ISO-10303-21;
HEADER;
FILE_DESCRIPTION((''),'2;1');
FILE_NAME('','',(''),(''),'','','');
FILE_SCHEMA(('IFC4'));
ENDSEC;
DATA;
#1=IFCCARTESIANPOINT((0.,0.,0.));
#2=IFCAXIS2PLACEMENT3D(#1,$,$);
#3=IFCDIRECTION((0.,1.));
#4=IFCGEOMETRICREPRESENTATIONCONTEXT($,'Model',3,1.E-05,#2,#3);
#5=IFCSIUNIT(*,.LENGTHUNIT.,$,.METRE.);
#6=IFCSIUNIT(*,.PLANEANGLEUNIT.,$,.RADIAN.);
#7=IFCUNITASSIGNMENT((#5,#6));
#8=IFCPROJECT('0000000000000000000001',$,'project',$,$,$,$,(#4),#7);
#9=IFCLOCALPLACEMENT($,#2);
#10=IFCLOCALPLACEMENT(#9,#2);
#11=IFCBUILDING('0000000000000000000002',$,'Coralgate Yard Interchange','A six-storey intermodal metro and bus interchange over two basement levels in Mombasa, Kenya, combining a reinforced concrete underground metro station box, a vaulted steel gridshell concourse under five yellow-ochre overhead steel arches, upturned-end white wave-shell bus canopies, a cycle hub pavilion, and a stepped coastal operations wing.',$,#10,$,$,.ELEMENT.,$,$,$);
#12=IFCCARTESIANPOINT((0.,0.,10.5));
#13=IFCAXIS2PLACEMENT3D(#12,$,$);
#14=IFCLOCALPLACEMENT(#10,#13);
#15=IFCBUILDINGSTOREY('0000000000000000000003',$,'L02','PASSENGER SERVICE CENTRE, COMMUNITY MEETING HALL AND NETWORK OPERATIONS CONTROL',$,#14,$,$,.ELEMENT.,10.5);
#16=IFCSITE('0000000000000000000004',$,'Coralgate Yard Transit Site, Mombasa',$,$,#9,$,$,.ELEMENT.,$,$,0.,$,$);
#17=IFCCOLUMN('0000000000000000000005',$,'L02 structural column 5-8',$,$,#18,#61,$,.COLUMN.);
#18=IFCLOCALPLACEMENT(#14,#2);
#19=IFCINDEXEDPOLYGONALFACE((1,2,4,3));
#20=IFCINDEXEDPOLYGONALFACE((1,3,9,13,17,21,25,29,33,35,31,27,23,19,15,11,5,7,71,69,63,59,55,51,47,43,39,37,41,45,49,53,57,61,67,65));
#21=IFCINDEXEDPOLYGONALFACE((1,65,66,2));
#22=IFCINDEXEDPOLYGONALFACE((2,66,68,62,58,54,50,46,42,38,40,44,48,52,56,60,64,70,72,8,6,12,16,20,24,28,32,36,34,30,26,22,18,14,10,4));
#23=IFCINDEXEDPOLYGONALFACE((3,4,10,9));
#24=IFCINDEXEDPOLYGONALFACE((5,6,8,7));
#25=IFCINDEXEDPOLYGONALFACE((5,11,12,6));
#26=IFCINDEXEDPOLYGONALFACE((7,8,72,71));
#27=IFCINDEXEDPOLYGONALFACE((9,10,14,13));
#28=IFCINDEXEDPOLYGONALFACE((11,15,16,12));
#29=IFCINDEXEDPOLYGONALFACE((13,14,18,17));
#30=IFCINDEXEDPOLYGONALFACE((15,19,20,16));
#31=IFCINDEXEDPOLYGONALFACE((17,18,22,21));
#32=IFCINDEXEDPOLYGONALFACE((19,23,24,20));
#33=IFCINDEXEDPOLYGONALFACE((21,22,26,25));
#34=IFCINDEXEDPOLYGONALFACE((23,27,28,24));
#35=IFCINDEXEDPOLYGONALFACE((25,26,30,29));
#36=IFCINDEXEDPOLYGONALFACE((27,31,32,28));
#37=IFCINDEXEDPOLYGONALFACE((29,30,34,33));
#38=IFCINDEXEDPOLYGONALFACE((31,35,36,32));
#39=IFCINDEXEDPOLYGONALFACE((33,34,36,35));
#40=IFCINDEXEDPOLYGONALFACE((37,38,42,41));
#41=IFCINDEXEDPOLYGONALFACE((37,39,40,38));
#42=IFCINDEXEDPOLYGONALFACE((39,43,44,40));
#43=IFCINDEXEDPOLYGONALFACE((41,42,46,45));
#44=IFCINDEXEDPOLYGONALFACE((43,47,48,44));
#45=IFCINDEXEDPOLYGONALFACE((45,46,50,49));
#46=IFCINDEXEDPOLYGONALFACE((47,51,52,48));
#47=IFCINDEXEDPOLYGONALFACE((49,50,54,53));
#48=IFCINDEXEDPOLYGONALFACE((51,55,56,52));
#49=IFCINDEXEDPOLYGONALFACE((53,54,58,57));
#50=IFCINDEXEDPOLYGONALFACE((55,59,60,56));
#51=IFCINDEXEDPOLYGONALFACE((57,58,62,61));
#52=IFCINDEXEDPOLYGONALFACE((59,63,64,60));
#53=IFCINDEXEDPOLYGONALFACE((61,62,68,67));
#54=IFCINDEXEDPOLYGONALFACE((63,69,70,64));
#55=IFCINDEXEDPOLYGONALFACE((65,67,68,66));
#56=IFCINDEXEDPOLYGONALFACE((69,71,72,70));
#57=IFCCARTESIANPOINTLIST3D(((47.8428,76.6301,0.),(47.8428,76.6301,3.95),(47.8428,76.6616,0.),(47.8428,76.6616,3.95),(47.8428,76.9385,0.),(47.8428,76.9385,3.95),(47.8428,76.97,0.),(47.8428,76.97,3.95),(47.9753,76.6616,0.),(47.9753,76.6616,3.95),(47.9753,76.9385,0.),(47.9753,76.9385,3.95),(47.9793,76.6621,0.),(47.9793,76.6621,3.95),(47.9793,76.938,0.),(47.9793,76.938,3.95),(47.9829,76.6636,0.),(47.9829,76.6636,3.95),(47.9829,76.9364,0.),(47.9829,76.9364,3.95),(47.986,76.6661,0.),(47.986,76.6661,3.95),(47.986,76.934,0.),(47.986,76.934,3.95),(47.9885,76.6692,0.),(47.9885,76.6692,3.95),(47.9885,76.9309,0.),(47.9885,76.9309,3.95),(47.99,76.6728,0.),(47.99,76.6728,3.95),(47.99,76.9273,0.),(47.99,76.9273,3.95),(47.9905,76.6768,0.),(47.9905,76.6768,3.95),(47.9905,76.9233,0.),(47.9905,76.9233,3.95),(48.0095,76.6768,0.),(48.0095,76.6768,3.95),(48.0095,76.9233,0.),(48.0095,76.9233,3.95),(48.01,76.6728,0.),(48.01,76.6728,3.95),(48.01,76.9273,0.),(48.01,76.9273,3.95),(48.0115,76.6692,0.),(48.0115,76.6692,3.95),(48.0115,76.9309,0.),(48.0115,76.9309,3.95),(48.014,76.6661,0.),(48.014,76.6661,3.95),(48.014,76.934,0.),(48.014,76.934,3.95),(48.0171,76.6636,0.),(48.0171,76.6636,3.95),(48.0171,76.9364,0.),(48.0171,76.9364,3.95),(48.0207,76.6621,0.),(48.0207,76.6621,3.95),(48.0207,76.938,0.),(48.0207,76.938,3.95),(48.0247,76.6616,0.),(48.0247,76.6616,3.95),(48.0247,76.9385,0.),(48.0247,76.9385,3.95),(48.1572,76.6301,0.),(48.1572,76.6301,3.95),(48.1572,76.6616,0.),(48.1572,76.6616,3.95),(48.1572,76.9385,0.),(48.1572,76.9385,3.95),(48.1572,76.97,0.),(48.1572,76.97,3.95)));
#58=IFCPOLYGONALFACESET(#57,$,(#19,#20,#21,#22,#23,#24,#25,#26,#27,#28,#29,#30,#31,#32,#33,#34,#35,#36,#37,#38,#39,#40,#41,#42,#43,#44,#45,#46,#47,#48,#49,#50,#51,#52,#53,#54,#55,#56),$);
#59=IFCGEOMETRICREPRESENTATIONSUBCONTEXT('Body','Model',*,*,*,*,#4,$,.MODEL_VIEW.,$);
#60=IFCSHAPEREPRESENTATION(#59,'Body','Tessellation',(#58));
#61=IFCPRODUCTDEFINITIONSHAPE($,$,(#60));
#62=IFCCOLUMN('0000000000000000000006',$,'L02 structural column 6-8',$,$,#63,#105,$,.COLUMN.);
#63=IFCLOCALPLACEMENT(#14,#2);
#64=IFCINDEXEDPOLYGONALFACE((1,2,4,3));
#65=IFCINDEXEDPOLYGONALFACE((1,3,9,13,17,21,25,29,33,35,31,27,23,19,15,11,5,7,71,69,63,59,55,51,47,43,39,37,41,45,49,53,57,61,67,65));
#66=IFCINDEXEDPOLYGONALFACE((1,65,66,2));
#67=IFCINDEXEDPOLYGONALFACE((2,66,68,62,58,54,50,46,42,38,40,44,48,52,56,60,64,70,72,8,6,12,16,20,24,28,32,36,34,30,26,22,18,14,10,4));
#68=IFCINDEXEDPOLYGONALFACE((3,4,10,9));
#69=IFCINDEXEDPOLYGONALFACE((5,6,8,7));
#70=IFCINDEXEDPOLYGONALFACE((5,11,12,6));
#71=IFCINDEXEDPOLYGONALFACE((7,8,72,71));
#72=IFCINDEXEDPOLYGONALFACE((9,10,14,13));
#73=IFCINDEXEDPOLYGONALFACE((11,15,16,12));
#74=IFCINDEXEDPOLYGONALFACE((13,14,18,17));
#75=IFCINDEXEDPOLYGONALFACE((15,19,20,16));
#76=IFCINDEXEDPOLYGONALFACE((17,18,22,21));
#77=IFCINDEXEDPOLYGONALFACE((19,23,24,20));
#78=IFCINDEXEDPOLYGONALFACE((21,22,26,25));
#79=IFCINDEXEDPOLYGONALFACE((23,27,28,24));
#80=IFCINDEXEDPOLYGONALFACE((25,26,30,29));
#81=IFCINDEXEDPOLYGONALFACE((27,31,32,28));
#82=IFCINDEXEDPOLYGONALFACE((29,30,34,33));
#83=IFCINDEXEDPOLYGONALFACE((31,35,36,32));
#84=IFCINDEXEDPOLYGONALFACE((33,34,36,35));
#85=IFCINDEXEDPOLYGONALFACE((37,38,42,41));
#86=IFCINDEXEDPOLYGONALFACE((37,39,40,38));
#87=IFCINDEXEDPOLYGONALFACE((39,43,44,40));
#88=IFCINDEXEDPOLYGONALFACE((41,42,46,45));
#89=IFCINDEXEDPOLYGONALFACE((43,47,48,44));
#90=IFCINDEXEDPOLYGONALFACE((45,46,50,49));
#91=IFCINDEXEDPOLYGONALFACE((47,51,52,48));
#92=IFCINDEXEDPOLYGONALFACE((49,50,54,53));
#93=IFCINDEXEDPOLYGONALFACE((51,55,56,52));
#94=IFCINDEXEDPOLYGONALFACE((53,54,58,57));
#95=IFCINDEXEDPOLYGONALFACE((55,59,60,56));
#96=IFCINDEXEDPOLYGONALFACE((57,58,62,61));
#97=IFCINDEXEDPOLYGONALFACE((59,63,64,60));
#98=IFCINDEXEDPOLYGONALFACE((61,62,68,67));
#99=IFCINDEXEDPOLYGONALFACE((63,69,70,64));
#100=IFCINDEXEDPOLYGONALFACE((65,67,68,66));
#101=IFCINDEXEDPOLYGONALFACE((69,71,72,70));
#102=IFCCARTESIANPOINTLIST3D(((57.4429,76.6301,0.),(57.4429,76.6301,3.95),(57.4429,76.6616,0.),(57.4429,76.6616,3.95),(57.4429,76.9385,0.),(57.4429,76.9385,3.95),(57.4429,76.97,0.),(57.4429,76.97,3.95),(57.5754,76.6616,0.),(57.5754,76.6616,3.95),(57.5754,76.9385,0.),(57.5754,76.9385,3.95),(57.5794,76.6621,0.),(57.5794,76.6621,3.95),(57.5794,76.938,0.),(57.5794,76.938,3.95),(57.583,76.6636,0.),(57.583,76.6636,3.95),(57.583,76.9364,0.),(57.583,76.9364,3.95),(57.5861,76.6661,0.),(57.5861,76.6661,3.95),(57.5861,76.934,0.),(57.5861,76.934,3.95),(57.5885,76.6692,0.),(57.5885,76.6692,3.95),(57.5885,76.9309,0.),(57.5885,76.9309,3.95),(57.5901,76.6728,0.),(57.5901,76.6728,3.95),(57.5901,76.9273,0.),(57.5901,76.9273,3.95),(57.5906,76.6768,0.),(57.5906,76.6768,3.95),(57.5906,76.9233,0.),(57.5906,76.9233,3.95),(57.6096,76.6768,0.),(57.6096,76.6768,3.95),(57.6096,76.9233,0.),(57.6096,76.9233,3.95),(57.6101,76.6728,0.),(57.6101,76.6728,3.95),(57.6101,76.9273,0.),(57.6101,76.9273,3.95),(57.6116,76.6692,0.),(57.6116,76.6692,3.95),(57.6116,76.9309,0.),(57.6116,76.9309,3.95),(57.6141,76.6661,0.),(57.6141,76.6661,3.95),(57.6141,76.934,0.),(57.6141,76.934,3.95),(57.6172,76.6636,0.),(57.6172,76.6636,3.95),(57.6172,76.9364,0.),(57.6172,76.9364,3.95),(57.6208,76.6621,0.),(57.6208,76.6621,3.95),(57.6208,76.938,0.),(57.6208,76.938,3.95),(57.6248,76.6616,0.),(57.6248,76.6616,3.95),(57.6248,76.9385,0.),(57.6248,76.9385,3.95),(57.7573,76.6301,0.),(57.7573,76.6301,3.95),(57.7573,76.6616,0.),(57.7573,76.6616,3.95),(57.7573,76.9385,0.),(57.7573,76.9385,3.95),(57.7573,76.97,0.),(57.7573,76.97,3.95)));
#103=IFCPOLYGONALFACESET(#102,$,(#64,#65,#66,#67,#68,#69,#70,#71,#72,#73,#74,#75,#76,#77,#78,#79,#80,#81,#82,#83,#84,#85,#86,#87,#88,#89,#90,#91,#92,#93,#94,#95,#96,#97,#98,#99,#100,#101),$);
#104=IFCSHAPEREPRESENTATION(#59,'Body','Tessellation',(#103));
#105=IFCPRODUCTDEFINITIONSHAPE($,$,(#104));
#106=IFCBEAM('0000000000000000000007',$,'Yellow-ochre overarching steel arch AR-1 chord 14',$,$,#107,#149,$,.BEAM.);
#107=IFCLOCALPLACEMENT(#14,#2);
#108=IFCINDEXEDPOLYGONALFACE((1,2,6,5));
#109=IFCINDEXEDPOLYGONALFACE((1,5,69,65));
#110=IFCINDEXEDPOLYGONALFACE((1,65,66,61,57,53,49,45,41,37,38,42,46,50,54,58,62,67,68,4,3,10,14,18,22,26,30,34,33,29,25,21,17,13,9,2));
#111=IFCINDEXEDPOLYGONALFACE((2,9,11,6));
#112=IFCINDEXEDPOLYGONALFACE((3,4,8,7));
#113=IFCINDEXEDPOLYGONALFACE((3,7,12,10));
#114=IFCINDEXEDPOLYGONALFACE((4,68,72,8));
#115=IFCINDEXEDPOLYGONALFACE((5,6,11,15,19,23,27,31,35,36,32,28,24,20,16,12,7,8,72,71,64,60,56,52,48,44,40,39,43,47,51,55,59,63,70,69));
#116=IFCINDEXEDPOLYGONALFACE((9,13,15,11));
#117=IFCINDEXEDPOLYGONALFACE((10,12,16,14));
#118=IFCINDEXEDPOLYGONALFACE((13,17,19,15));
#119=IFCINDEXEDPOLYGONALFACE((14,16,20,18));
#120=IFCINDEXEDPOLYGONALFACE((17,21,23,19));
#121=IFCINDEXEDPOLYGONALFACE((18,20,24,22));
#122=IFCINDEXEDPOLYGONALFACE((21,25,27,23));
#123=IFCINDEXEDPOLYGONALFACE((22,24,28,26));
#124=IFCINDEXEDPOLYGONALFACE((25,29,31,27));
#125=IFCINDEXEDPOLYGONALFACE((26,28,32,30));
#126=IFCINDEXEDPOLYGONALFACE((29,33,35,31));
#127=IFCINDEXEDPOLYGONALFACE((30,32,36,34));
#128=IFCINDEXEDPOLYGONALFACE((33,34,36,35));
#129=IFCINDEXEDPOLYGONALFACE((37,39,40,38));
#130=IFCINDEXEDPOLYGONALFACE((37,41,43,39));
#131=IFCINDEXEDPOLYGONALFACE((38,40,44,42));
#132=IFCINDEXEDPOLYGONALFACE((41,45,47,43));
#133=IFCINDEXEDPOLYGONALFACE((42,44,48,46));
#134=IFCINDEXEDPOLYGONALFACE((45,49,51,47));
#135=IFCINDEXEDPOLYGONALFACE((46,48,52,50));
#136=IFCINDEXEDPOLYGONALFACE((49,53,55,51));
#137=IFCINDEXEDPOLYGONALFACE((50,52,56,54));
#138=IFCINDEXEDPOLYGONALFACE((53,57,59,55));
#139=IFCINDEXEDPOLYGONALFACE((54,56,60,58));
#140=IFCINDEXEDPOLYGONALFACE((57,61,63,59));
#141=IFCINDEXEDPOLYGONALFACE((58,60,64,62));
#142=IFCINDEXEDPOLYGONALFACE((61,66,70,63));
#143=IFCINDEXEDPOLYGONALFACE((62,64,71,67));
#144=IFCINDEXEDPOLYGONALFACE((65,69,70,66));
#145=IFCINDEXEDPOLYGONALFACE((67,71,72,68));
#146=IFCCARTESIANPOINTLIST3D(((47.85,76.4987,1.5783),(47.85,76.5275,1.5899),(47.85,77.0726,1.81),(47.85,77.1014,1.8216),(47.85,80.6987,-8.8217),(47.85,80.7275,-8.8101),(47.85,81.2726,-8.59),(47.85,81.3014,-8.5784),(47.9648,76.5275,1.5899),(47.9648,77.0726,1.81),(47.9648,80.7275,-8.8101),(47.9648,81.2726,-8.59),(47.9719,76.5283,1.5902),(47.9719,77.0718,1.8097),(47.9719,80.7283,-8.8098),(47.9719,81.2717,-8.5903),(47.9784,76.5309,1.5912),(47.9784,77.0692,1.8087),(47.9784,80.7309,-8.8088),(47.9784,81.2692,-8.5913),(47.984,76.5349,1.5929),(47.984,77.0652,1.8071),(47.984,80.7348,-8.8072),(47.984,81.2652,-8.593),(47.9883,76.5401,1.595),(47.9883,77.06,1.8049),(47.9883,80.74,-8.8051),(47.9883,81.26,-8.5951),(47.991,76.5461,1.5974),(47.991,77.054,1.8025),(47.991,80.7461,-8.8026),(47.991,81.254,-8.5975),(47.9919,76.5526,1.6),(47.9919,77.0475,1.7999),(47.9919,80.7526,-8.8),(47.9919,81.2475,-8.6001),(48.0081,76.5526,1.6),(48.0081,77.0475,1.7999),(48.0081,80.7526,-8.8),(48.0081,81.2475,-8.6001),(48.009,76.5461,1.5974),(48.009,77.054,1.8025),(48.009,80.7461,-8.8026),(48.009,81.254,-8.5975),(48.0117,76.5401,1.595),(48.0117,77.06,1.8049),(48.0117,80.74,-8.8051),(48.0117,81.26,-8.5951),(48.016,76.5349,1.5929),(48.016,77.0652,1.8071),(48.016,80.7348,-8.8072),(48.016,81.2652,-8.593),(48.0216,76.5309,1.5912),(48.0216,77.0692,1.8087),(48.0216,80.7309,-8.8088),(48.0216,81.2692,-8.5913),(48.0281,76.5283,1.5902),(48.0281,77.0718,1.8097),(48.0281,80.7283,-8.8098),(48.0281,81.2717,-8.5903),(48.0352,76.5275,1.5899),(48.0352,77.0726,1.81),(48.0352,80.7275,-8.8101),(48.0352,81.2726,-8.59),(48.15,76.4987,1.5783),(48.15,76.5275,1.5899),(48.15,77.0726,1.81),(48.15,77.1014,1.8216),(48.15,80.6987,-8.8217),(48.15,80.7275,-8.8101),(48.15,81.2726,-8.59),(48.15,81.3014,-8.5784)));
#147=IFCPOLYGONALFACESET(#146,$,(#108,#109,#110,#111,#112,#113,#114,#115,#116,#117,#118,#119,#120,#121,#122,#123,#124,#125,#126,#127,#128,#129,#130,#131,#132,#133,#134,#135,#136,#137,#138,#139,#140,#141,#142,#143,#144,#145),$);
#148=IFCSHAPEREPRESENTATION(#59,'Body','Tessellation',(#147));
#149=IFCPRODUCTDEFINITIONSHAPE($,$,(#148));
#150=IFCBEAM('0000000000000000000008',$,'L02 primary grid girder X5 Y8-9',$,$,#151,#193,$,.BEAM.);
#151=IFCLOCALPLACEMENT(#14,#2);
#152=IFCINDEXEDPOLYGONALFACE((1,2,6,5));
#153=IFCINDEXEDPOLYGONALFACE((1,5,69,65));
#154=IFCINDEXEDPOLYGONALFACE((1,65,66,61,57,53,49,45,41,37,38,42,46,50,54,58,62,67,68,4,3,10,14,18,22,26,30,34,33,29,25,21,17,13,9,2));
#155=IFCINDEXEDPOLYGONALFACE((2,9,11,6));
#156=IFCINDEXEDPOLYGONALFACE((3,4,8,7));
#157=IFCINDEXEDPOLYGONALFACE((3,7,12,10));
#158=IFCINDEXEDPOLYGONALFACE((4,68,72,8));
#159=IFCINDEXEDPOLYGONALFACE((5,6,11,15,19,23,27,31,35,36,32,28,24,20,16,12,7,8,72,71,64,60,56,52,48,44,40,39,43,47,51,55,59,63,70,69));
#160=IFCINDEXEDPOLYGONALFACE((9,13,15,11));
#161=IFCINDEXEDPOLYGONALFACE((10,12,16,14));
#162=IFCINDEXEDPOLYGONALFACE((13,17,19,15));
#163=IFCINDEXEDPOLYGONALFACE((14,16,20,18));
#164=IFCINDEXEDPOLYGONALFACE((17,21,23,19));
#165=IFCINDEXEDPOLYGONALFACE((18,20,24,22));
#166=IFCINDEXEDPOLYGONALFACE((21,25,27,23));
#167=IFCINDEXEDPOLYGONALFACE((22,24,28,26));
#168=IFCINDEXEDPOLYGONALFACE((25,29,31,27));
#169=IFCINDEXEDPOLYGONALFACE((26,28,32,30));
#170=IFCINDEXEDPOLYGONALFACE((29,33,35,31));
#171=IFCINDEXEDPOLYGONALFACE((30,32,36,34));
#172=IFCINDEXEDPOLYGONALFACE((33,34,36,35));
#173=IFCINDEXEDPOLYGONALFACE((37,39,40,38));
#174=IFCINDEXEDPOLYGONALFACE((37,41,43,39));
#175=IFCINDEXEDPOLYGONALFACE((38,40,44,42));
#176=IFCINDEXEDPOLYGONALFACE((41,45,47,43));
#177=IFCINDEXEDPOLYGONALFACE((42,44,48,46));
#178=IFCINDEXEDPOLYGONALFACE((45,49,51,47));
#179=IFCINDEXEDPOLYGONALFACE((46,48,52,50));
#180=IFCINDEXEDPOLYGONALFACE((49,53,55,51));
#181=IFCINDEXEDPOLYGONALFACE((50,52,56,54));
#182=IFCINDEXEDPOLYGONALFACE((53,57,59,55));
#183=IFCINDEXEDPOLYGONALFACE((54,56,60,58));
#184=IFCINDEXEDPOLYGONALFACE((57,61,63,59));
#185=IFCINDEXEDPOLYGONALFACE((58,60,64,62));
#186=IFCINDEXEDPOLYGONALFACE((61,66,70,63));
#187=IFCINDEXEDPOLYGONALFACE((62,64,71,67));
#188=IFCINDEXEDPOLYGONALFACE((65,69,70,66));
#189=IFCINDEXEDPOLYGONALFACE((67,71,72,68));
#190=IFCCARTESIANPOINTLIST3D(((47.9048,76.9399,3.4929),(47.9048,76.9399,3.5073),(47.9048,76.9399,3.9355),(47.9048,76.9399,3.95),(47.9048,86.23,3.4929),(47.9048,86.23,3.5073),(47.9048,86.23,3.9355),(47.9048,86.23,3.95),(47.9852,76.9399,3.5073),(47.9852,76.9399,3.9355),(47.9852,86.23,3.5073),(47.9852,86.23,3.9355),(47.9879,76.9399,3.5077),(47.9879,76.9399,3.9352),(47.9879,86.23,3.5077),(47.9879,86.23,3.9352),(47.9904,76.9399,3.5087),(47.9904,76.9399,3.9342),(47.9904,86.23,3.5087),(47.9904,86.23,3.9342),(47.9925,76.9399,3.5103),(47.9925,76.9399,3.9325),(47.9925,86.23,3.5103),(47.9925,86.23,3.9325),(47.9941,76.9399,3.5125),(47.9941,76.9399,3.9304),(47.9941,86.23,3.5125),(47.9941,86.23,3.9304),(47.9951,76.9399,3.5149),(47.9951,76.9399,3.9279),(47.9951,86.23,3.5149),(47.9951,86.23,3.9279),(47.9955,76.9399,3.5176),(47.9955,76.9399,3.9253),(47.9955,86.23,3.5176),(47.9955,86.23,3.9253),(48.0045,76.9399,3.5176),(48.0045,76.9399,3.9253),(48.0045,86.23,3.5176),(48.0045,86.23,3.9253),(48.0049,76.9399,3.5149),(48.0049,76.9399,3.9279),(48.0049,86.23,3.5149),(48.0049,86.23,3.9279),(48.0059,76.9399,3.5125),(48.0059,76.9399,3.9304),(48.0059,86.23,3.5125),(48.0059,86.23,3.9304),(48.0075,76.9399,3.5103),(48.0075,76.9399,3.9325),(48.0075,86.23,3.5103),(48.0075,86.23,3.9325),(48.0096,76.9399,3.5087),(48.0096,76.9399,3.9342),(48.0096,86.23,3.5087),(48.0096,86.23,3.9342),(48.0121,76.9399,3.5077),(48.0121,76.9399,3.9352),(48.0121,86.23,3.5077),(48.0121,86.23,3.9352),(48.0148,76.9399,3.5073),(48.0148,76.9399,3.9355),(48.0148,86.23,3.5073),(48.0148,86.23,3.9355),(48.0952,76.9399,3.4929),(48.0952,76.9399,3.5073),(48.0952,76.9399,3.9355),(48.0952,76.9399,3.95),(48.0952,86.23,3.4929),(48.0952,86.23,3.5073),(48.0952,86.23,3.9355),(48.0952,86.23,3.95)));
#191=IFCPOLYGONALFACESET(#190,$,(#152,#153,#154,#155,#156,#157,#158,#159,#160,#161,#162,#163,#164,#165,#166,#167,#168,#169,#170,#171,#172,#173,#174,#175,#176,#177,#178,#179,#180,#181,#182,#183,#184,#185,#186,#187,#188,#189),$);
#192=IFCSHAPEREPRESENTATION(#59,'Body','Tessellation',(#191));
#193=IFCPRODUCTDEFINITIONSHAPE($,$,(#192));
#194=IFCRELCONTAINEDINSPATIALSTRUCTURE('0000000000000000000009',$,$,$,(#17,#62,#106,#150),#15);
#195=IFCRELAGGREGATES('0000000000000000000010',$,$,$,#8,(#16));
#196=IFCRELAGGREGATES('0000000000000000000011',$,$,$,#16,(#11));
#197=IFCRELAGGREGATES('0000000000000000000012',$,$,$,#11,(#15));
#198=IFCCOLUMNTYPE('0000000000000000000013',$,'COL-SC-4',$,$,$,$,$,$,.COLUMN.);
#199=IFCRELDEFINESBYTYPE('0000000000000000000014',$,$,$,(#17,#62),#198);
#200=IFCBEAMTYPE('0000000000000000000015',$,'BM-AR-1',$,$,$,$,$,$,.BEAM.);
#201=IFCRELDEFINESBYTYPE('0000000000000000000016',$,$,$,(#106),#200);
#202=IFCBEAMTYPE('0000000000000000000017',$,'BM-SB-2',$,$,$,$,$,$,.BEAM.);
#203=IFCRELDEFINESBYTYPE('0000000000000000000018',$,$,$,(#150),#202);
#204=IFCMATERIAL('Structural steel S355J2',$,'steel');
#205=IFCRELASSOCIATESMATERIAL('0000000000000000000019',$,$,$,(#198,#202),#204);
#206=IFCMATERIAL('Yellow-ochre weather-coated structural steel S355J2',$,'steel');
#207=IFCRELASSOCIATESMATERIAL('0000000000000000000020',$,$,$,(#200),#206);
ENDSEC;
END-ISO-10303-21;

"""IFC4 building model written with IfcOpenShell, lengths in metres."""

from ifc_helpers import new_model, si_unit, direction, frame, origin, origin_2d, place, context, subcontext, project, spatial, i_section, extrude, material, material_profile, profile_set, type_object, element, save


model = new_model("IFC4")

# Units and contexts
model_context = context("Model", 3, precision=1e-05, world=origin(), true_north=direction((0.0, 1.0)))
body_context = subcontext(model_context, "Body", "Model", "MODEL_VIEW")
ifc_project = project(units=[si_unit("LENGTHUNIT", "METRE"), si_unit("PLANEANGLEUNIT", "RADIAN")], contexts=[model_context])

# Site, building, storey
site_placement = place(None, origin())
site = spatial("IfcSite", under=ifc_project, at=site_placement, Name="Coralgate Yard Transit Site, Mombasa", CompositionType="ELEMENT", RefElevation=0.0)
building_placement = place(site_placement, origin())
building = spatial("IfcBuilding", under=site, at=building_placement, Name="Coralgate Yard Interchange", Description="A six-storey intermodal metro and bus interchange over two basement levels in Mombasa, Kenya, combining a reinforced concrete underground metro station box, a vaulted steel gridshell concourse under five yellow-ochre overhead steel arches, upturned-end white wave-shell bus canopies, a cycle hub pavilion, and a stepped coastal operations wing.", CompositionType="ELEMENT")
storey_placement = place(building_placement, frame((0.0, 0.0, 10.5)))
storey = spatial("IfcBuildingStorey", under=building, at=storey_placement, Name="L02", Description="PASSENGER SERVICE CENTRE, COMMUNITY MEETING HALL AND NETWORK OPERATIONS CONTROL", CompositionType="ELEMENT", Elevation=10.5)

# Columns
ifc_material_1 = material(Name="Structural steel S355J2", Category="steel")
ifc_material_profile_1 = material_profile(ifc_material_1, i_section(OverallWidth=0.3145, OverallDepth=0.3398, WebThickness=0.019, FlangeThickness=0.0315, FilletRadius=0.0151, at=origin_2d()), Name="UC 305x305x198")
ifc_profile_set_1 = profile_set([ifc_material_profile_1], Name="Structural steel S355J2")
column_type = type_object("IfcColumnType", Name="COL-SC-4", PredefinedType="COLUMN", material=ifc_profile_set_1)
for number, where, z_axis, x_axis, name in (
    (1, (48.0, 76.8, 0.0), (0.0, 0.0, 1.0), (1.0, 0.0, 0.0), "L02 structural column 5-8"),
    (2, (57.6001, 76.8, 0.0), (0.0, 0.0, 1.0), (1.0, 0.0, 0.0), "L02 structural column 6-8"),
):
    element("IfcColumn", number, at=place(storey_placement, frame(where, z_axis=z_axis, x_axis=x_axis)), inside=storey, type_object=column_type, Name=name, PredefinedType="COLUMN", context=body_context, shape_type="SweptSolid", body=[
        extrude(i_section(OverallWidth=0.3145, OverallDepth=0.3398, WebThickness=0.019, FlangeThickness=0.0315, FilletRadius=0.0151, at=origin_2d()), origin(), (0.0, 0.0, 1.0), 3.95),
    ])

# Beams
ifc_material_2 = material(Name="Yellow-ochre weather-coated structural steel S355J2", Category="steel")
ifc_material_profile_2 = material_profile(ifc_material_2, i_section(OverallWidth=0.3, OverallDepth=0.6499, WebThickness=0.0161, FlangeThickness=0.031, FilletRadius=0.0271, at=origin_2d()), Name="HEB 650")
ifc_profile_set_2 = profile_set([ifc_material_profile_2], Name="Yellow-ochre weather-coated structural steel S355J2")
beam_type_1 = type_object("IfcBeamType", Name="BM-AR-1", PredefinedType="BEAM", material=ifc_profile_set_2)
beam_1_placement = place(storey_placement, frame((48.0, 76.8, 1.7), z_axis=(0.0, 0.374462, -0.927242), x_axis=(-1.0, 0.0, 0.0)))
element("IfcBeam", 3, at=beam_1_placement, inside=storey, type_object=beam_type_1, Name="Yellow-ochre overarching steel arch AR-1 chord 14", PredefinedType="BEAM", context=body_context, shape_type="SweptSolid", body=[
    extrude(i_section(OverallWidth=0.3, OverallDepth=0.6499, WebThickness=0.0161, FlangeThickness=0.031, FilletRadius=0.0271, at=origin_2d()), origin(), (0.0, 0.0, 1.0), 11.2161),
])
ifc_material_profile_3 = material_profile(ifc_material_1, i_section(OverallWidth=0.1904, OverallDepth=0.457, WebThickness=0.009, FlangeThickness=0.0144, FilletRadius=0.0103, at=origin_2d()), Name="UB 457x191x74")
ifc_profile_set_3 = profile_set([ifc_material_profile_3], Name="Structural steel S355J2")
beam_type_2 = type_object("IfcBeamType", Name="BM-SB-2", PredefinedType="BEAM", material=ifc_profile_set_3)
beam_2_placement = place(storey_placement, frame((48.0, 76.9399, 3.7214), z_axis=(0.0, 1.0, 0.0), x_axis=(-1.0, 0.0, 0.0)))
element("IfcBeam", 4, at=beam_2_placement, inside=storey, type_object=beam_type_2, Name="L02 primary grid girder X5 Y8-9", PredefinedType="BEAM", context=body_context, shape_type="SweptSolid", body=[
    extrude(i_section(OverallWidth=0.1904, OverallDepth=0.457, WebThickness=0.009, FlangeThickness=0.0144, FilletRadius=0.0103, at=origin_2d()), origin(), (0.0, 0.0, 1.0), 9.29),
])

save(model, "model.ifc")
